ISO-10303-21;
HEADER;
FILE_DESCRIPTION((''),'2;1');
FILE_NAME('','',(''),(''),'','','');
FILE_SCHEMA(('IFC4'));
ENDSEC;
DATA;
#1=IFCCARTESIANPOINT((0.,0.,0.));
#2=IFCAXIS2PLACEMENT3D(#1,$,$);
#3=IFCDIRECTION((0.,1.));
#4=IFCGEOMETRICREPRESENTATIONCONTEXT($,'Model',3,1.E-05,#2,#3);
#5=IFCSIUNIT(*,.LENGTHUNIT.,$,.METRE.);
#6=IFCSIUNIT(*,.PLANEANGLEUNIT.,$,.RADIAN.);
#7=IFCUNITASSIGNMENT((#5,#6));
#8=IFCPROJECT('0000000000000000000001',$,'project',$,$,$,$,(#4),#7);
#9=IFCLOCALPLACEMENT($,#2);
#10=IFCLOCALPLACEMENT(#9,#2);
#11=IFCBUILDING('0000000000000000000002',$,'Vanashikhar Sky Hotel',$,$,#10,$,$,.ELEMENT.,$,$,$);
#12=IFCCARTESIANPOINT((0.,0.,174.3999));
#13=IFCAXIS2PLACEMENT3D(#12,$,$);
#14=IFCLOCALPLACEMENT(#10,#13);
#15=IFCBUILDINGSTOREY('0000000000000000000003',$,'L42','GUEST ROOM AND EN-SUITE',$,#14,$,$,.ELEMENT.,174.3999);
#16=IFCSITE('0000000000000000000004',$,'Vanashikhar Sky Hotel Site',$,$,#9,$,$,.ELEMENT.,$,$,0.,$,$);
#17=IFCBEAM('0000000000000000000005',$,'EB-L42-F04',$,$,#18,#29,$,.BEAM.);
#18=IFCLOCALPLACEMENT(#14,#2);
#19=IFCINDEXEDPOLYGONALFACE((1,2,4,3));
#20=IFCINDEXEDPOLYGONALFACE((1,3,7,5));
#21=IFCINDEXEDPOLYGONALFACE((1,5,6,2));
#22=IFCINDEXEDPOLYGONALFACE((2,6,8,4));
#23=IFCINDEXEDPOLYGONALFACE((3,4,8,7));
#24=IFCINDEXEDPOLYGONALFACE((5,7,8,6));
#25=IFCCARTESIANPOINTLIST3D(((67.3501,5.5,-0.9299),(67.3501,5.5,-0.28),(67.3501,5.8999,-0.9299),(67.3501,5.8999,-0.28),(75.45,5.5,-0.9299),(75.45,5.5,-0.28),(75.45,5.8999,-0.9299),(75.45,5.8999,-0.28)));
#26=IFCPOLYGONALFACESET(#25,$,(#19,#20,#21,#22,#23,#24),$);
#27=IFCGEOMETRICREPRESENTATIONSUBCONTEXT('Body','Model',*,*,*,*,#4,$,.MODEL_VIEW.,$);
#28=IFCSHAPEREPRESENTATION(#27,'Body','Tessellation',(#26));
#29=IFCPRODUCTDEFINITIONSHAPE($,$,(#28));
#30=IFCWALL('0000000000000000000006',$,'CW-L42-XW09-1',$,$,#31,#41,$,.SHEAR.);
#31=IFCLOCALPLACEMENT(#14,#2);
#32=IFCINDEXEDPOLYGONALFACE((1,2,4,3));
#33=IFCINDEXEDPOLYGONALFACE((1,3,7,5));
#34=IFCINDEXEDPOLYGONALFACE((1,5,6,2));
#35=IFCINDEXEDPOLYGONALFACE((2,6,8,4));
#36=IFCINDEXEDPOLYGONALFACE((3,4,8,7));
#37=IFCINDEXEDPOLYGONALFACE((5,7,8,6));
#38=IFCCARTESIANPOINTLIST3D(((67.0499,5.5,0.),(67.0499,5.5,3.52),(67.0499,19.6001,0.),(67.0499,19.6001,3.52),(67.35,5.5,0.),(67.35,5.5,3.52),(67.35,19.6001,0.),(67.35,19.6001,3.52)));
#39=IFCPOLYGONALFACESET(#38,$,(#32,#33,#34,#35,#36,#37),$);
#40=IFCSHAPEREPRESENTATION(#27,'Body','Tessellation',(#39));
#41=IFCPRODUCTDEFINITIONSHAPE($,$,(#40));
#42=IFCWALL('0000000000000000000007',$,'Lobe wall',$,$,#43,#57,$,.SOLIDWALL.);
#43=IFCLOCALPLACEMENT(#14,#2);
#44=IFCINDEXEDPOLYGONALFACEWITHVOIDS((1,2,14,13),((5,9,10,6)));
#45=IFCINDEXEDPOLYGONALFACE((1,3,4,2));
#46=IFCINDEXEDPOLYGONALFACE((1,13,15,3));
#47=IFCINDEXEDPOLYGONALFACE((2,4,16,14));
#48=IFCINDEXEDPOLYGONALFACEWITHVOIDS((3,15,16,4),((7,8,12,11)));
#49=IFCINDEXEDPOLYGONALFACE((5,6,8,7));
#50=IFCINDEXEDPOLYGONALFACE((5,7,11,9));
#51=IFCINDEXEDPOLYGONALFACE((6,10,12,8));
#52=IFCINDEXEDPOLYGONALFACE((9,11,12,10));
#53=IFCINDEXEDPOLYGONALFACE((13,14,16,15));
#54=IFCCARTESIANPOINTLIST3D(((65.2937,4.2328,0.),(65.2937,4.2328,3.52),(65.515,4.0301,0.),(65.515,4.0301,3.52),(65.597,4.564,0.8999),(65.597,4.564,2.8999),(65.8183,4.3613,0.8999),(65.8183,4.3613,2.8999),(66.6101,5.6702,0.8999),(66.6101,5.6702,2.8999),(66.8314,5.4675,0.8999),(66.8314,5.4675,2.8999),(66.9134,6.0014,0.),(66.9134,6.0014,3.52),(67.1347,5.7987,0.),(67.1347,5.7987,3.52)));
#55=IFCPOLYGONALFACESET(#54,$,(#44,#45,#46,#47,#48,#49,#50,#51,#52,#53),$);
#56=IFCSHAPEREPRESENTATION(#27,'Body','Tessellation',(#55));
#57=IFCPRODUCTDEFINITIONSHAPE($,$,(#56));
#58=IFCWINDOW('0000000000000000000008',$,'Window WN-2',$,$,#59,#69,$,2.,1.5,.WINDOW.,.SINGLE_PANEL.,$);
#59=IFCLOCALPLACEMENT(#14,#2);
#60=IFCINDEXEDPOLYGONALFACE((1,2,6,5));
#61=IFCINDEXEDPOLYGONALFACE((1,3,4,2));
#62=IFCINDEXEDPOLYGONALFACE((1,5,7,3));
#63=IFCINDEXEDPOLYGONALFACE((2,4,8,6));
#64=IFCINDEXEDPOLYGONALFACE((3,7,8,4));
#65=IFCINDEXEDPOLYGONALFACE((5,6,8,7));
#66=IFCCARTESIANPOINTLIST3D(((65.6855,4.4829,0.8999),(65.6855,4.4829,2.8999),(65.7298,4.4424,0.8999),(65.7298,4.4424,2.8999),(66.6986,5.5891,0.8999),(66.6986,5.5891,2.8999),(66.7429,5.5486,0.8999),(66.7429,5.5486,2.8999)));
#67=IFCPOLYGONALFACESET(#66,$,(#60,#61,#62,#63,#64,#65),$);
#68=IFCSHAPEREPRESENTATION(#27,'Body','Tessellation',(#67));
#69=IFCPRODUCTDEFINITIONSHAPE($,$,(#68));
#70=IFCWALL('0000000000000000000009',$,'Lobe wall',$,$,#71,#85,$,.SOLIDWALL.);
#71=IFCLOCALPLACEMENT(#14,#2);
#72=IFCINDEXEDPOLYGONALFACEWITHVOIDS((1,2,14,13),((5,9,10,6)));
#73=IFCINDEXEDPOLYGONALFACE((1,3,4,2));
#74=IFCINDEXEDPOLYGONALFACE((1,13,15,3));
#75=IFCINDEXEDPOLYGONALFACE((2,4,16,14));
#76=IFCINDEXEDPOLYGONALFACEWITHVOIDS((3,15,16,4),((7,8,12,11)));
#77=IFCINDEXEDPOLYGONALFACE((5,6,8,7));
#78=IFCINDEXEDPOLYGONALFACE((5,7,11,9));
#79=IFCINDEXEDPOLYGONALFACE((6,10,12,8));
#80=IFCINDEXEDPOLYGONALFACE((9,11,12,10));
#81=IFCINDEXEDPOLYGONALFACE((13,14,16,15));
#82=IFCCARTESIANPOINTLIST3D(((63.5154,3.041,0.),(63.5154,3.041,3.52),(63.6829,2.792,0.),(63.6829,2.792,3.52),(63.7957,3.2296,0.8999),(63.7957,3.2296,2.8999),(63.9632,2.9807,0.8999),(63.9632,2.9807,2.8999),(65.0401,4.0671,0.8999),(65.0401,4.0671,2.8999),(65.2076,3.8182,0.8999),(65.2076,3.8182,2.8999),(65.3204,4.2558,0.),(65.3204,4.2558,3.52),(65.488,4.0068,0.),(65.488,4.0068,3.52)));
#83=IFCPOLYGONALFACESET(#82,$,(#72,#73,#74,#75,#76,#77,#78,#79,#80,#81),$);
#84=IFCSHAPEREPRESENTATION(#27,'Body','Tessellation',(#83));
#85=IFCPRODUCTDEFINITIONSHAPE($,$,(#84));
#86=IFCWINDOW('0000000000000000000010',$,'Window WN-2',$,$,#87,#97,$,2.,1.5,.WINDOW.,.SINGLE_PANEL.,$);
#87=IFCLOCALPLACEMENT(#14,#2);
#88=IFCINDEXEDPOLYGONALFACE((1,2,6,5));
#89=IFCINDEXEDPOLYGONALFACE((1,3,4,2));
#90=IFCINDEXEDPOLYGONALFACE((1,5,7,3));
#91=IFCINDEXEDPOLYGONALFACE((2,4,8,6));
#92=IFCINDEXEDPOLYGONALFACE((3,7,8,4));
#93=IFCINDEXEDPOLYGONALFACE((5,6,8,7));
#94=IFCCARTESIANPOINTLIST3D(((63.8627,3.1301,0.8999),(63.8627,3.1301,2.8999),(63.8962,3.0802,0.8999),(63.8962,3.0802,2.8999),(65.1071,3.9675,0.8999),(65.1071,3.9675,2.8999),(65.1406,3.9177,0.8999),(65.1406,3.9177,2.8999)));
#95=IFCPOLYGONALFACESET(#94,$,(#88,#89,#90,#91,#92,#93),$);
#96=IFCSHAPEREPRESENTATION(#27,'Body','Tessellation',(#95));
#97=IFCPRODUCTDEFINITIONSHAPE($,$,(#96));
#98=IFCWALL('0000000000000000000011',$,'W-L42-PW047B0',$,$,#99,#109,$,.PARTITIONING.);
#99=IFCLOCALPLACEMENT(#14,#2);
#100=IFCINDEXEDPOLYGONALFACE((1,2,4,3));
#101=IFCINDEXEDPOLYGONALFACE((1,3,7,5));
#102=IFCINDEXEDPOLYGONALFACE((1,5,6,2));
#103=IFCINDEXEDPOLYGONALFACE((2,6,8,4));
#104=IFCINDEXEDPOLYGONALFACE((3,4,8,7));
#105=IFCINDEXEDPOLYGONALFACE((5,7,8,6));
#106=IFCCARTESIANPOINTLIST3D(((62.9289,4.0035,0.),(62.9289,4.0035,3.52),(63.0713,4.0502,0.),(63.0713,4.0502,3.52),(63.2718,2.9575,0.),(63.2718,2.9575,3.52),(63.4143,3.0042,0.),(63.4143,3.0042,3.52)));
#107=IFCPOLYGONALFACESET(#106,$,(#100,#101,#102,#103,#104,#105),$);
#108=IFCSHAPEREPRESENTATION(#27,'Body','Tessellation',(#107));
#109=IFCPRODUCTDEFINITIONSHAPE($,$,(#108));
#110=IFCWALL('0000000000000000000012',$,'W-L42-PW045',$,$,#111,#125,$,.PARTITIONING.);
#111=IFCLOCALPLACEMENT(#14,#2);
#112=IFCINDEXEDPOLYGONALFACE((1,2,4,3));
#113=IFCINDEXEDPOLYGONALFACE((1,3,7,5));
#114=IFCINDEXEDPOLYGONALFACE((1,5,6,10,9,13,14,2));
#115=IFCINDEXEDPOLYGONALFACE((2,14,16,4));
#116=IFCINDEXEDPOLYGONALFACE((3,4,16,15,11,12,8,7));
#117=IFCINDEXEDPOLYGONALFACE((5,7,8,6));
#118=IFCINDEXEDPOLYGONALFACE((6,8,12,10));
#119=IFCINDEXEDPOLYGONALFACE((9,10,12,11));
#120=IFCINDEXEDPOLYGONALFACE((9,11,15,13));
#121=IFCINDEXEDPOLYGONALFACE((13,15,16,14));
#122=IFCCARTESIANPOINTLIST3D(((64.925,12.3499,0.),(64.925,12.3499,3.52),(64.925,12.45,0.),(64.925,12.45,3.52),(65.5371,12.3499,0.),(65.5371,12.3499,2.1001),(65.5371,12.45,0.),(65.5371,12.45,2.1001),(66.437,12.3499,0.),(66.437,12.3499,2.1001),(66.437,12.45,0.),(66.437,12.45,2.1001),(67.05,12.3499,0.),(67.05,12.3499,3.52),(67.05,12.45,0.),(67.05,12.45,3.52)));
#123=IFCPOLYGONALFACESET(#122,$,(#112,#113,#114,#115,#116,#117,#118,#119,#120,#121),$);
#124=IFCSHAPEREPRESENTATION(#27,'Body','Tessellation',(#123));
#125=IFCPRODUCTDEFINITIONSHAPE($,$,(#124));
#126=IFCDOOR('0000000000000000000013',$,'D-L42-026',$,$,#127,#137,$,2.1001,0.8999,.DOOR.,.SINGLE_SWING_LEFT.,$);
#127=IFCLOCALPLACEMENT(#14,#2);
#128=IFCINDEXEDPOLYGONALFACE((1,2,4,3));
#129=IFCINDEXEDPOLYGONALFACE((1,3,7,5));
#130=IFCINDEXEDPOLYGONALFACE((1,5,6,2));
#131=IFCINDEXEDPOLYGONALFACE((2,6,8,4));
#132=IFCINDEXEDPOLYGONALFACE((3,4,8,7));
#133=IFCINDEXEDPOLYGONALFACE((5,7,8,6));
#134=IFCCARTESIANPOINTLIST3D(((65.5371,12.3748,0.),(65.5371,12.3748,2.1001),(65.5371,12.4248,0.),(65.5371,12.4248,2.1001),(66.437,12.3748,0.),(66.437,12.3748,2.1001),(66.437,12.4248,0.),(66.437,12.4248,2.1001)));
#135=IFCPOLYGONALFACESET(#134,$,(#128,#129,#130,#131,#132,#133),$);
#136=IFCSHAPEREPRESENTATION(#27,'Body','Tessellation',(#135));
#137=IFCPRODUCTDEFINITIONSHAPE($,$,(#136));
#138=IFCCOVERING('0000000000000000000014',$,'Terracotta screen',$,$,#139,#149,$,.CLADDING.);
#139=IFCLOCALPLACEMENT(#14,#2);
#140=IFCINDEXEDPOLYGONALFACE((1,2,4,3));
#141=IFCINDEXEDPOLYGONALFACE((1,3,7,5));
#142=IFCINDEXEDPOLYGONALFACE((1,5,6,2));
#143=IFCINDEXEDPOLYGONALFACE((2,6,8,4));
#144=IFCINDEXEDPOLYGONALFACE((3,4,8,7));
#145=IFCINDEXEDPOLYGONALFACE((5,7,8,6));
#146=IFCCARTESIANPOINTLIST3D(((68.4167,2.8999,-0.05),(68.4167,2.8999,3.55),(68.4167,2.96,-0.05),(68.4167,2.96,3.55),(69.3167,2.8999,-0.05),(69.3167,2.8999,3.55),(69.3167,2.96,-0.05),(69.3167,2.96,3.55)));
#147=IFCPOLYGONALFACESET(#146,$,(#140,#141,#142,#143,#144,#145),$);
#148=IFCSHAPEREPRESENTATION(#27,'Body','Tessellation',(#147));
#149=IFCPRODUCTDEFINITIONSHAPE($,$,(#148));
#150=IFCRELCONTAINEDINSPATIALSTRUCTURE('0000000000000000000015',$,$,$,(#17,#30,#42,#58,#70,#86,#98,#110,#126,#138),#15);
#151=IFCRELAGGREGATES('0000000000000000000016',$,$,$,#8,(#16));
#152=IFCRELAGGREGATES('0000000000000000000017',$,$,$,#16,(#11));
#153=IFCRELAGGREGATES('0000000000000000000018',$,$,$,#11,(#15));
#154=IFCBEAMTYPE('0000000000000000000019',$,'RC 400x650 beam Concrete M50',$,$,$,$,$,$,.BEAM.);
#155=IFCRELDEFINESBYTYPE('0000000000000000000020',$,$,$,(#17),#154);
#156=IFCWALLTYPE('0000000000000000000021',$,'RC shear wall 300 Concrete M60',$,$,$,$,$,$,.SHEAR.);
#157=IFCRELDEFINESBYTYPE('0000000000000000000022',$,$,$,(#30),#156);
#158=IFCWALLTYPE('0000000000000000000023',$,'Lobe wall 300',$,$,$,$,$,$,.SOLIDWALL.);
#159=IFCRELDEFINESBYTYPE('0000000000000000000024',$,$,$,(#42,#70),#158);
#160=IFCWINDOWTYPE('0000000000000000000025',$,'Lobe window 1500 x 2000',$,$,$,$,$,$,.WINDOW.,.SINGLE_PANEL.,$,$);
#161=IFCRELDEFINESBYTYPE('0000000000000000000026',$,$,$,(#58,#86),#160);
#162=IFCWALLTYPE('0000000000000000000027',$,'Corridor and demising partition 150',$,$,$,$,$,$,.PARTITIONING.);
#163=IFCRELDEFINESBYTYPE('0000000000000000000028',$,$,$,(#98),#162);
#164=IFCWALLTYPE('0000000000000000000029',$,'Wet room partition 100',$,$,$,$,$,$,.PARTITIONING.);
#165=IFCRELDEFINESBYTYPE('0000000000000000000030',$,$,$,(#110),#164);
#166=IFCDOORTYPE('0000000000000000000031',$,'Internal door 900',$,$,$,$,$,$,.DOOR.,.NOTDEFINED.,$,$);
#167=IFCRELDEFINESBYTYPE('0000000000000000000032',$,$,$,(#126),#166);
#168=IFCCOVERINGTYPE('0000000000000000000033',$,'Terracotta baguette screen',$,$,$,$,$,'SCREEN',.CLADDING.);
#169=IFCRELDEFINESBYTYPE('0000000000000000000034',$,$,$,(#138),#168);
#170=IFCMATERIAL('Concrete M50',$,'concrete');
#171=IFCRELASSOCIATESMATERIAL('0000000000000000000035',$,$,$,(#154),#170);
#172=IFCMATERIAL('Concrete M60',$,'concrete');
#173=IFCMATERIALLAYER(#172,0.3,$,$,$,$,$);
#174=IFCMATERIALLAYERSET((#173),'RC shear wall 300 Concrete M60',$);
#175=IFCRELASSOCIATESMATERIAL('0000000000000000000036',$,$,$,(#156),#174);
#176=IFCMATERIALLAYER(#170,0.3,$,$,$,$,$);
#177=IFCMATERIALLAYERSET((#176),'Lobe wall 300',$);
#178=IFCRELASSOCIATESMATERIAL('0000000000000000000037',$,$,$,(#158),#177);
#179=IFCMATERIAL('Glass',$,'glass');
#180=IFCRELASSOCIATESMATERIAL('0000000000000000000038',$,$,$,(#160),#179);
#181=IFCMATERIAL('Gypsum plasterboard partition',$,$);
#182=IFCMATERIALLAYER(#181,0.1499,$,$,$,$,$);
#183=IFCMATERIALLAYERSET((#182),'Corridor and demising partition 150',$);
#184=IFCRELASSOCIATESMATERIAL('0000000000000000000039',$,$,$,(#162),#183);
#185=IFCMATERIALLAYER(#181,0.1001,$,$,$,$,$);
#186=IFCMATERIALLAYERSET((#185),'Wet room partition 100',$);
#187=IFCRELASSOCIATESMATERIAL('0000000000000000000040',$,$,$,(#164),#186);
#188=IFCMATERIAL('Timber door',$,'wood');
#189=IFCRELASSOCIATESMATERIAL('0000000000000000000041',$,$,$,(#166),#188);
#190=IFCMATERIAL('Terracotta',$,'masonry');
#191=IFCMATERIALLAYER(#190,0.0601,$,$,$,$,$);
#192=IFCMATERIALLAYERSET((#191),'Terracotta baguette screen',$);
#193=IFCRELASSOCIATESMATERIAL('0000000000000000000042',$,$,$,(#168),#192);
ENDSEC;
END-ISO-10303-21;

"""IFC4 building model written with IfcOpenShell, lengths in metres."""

from ifc_helpers import new_model, si_unit, direction, frame, frame_2d, origin, origin_2d, place, context, subcontext, project, spatial, rectangle, extrude, source, transform, mapped, material, layer, layer_set, material_profile, profile_set, type_object, element, fill, save


model = new_model("IFC4")

# Units and contexts
model_context = context("Model", 3, precision=1e-05, world=origin(), true_north=direction((0.0, 1.0)))
body_context = subcontext(model_context, "Body", "Model", "MODEL_VIEW")
ifc_project = project(units=[si_unit("LENGTHUNIT", "METRE"), si_unit("PLANEANGLEUNIT", "RADIAN")], contexts=[model_context])

# Site, building, storey
site_placement = place(None, origin())
site = spatial("IfcSite", under=ifc_project, at=site_placement, Name="Vanashikhar Sky Hotel Site", CompositionType="ELEMENT", RefElevation=0.0)
building_placement = place(site_placement, origin())
building = spatial("IfcBuilding", under=site, at=building_placement, Name="Vanashikhar Sky Hotel", CompositionType="ELEMENT")
storey_placement = place(building_placement, frame((0.0, 0.0, 174.3999)))
storey = spatial("IfcBuildingStorey", under=building, at=storey_placement, Name="L42", Description="GUEST ROOM AND EN-SUITE", CompositionType="ELEMENT", Elevation=174.3999)

# Beam
ifc_material_1 = material(Name="Concrete M50", Category="concrete")
ifc_material_profile_1 = material_profile(ifc_material_1, rectangle(XDim=0.3999, YDim=0.6499, at=origin_2d()))
ifc_profile_set_1 = profile_set([ifc_material_profile_1], Name="RC 400x650 beam Concrete M50")
beam_type = type_object("IfcBeamType", Name="RC 400x650 beam Concrete M50", PredefinedType="BEAM", material=ifc_profile_set_1)
shared_shape_1 = source(origin(), body_context, "Body", "SweptSolid", [
    extrude(rectangle(XDim=0.3999, YDim=0.6499, at=origin_2d()), origin(), (0.0, 0.0, 1.0), 8.0999),
])
beam_placement = place(storey_placement, frame((67.3501, 5.7, -0.605), z_axis=(1.0, 0.0, 0.0), x_axis=(0.0, 1.0, 0.0)))
element("IfcBeam", 1, at=beam_placement, inside=storey, type_object=beam_type, Name="EB-L42-F04", PredefinedType="BEAM", context=body_context, shape_type="MappedRepresentation", body=[
    mapped(shared_shape_1, transform((0.0, 0.0, 0.0), scale=1.0)),
])

# Wall
ifc_material_2 = material(Name="Concrete M60", Category="concrete")
ifc_layer_1 = layer(ifc_material_2, 0.3)
ifc_layer_set_1 = layer_set([ifc_layer_1], Name="RC shear wall 300 Concrete M60")
wall_type_1 = type_object("IfcWallType", Name="RC shear wall 300 Concrete M60", PredefinedType="SHEAR", material=ifc_layer_set_1)
shared_shape_2 = source(origin(), body_context, "Body", "SweptSolid", [
    extrude(rectangle(XDim=14.1001, YDim=0.3, at=frame_2d((7.05, 0.0))), origin(), (0.0, 0.0, 1.0), 3.52),
])
wall_1_placement = place(storey_placement, frame((67.2, 5.5, 0.0), z_axis=(0.0, 0.0, 1.0), x_axis=(0.0, 1.0, 0.0)))
element("IfcWall", 2, at=wall_1_placement, inside=storey, type_object=wall_type_1, Name="CW-L42-XW09-1", PredefinedType="SHEAR", context=body_context, shape_type="MappedRepresentation", body=[
    mapped(shared_shape_2, transform((0.0, 0.0, 0.0), scale=1.0)),
])

# Walls, openings, windows
ifc_layer_2 = layer(ifc_material_1, 0.3)
ifc_layer_set_2 = layer_set([ifc_layer_2], Name="Lobe wall 300")
wall_type_2 = type_object("IfcWallType", Name="Lobe wall 300", PredefinedType="SOLIDWALL", material=ifc_layer_set_2)
shared_shape_3 = source(origin(), body_context, "Body", "SweptSolid", [
    extrude(rectangle(XDim=2.3982, YDim=0.3, at=frame_2d((1.1992, 0.0))), origin(), (0.0, 0.0, 1.0), 3.52),
])
wall_2_placement = place(storey_placement, frame((65.4043, 4.1313, 0.0), z_axis=(0.0, 0.0, 1.0), x_axis=(0.675374, 0.737475, 0.0)))
wall_2 = element("IfcWall", 3, at=wall_2_placement, inside=storey, type_object=wall_type_2, Name="Lobe wall", PredefinedType="SOLIDWALL", context=body_context, shape_type="MappedRepresentation", body=[
    mapped(shared_shape_3, transform((0.0, 0.0, 0.0), scale=1.0)),
])
shared_shape_4 = source(origin(), body_context, "Body", "SweptSolid", [
    extrude(rectangle(XDim=1.5, YDim=2.0, at=frame_2d((0.75, 1.0))), frame((0.0, 0.1602, 0.0), z_axis=(0.0, -1.0, 0.0), x_axis=(1.0, 0.0, 0.0)), (0.0, 0.0, 1.0), 0.3201),
])
opening_1_placement = place(wall_2_placement, frame((0.4492, 0.0, 0.8999)))
opening_1 = element("IfcOpeningElement", 4, at=opening_1_placement, cuts=wall_2, PredefinedType="OPENING", context=body_context, shape_type="MappedRepresentation", body=[
    mapped(shared_shape_4, transform((0.0, 0.0, 0.0), scale=1.0)),
])
ifc_material_3 = material(Name="Glass", Category="glass")
window_type_1 = type_object("IfcWindowType", Name="Lobe window 1500 x 2000", PartitioningType="SINGLE_PANEL", PredefinedType="WINDOW", material=ifc_material_3)
shared_shape_5 = source(origin(), body_context, "Body", "SweptSolid", [
    extrude(rectangle(XDim=1.5, YDim=2.0, at=frame_2d((0.75, 1.0))), frame((0.0, 0.03, 0.0), z_axis=(0.0, -1.0, 0.0), x_axis=(1.0, 0.0, 0.0)), (0.0, 0.0, 1.0), 0.0601),
])
window_1_placement = place(opening_1_placement, origin())
window_1 = element("IfcWindow", 5, at=window_1_placement, inside=storey, type_object=window_type_1, Name="Window WN-2", OverallHeight=2.0, OverallWidth=1.5, PartitioningType="SINGLE_PANEL", PredefinedType="WINDOW", context=body_context, shape_type="MappedRepresentation", body=[
    mapped(shared_shape_5, transform((0.0, 0.0, 0.0), scale=1.0)),
])
fill(opening_1, window_1)
shared_shape_6 = source(origin(), body_context, "Body", "SweptSolid", [
    extrude(rectangle(XDim=2.1758, YDim=0.3, at=frame_2d((1.0879, 0.0))), origin(), (0.0, 0.0, 1.0), 3.52),
])
wall_3_placement = place(storey_placement, frame((63.5991, 2.9165, 0.0), z_axis=(0.0, 0.0, 1.0), x_axis=(0.829626, 0.55832, 0.0)))
wall_3 = element("IfcWall", 6, at=wall_3_placement, inside=storey, type_object=wall_type_2, Name="Lobe wall", PredefinedType="SOLIDWALL", context=body_context, shape_type="MappedRepresentation", body=[
    mapped(shared_shape_6, transform((0.0, 0.0, 0.0), scale=1.0)),
])
opening_2_placement = place(wall_3_placement, frame((0.3379, 0.0, 0.8999)))
opening_2 = element("IfcOpeningElement", 7, at=opening_2_placement, cuts=wall_3, PredefinedType="OPENING", context=body_context, shape_type="MappedRepresentation", body=[
    mapped(shared_shape_4, transform((0.0, 0.0, 0.0), scale=1.0)),
])
window_2_placement = place(opening_2_placement, origin())
window_2 = element("IfcWindow", 8, at=window_2_placement, inside=storey, type_object=window_type_1, Name="Window WN-2", OverallHeight=2.0, OverallWidth=1.5, PartitioningType="SINGLE_PANEL", PredefinedType="WINDOW", context=body_context, shape_type="MappedRepresentation", body=[
    mapped(shared_shape_5, transform((0.0, 0.0, 0.0), scale=1.0)),
])
fill(opening_2, window_2)

# Wall
ifc_material_4 = material(Name="Gypsum plasterboard partition")
ifc_layer_3 = layer(ifc_material_4, 0.1499)
ifc_layer_set_3 = layer_set([ifc_layer_3], Name="Corridor and demising partition 150")
wall_type_3 = type_object("IfcWallType", Name="Corridor and demising partition 150", PredefinedType="PARTITIONING", material=ifc_layer_set_3)
shared_shape_7 = source(origin(), body_context, "Body", "SweptSolid", [
    extrude(rectangle(XDim=1.1008, YDim=0.1499, at=frame_2d((0.5503, 0.0))), origin(), (0.0, 0.0, 1.0), 3.52),
])
wall_4_placement = place(storey_placement, frame((63.343, 2.981, 0.0), z_axis=(0.0, 0.0, 1.0), x_axis=(-0.311567, 0.950224, 0.0)))
element("IfcWall", 9, at=wall_4_placement, inside=storey, type_object=wall_type_3, Name="W-L42-PW047B0", PredefinedType="PARTITIONING", context=body_context, shape_type="MappedRepresentation", body=[
    mapped(shared_shape_7, transform((0.0, 0.0, 0.0), scale=1.0)),
])

# Wall, opening, door
ifc_layer_4 = layer(ifc_material_4, 0.1001)
ifc_layer_set_4 = layer_set([ifc_layer_4], Name="Wet room partition 100")
wall_type_4 = type_object("IfcWallType", Name="Wet room partition 100", PredefinedType="PARTITIONING", material=ifc_layer_set_4)
shared_shape_8 = source(origin(), body_context, "Body", "SweptSolid", [
    extrude(rectangle(XDim=2.125, YDim=0.1001, at=frame_2d((1.0625, 0.0))), origin(), (0.0, 0.0, 1.0), 3.52),
])
wall_5_placement = place(storey_placement, frame((64.925, 12.3999, 0.0), z_axis=(0.0, 0.0, 1.0), x_axis=(1.0, 0.0, 0.0)))
wall_5 = element("IfcWall", 10, at=wall_5_placement, inside=storey, type_object=wall_type_4, Name="W-L42-PW045", PredefinedType="PARTITIONING", context=body_context, shape_type="MappedRepresentation", body=[
    mapped(shared_shape_8, transform((0.0, 0.0, 0.0), scale=1.0)),
])
shared_shape_9 = source(origin(), body_context, "Body", "SweptSolid", [
    extrude(rectangle(XDim=0.8999, YDim=2.1001, at=frame_2d((0.45, 1.05))), frame((0.0, 0.0601, 0.0), z_axis=(0.0, -1.0, 0.0), x_axis=(1.0, 0.0, 0.0)), (0.0, 0.0, 1.0), 0.1201),
])
opening_3_placement = place(wall_5_placement, frame((0.6121, 0.0, 0.0)))
opening_3 = element("IfcOpeningElement", 11, at=opening_3_placement, cuts=wall_5, PredefinedType="OPENING", context=body_context, shape_type="MappedRepresentation", body=[
    mapped(shared_shape_9, transform((0.0, 0.0, 0.0), scale=1.0)),
])
ifc_material_5 = material(Name="Timber door", Category="wood")
door_type_1 = type_object("IfcDoorType", Name="Internal door 900", OperationType="NOTDEFINED", PredefinedType="DOOR", material=ifc_material_5)
shared_shape_10 = source(origin(), body_context, "Body", "SweptSolid", [
    extrude(rectangle(XDim=0.8999, YDim=2.1001, at=frame_2d((0.45, 1.05))), frame((0.0, 0.0249, 0.0), z_axis=(0.0, -1.0, 0.0), x_axis=(1.0, 0.0, 0.0)), (0.0, 0.0, 1.0), 0.05),
])
door_1_placement = place(opening_3_placement, origin())
door_1 = element("IfcDoor", 12, at=door_1_placement, inside=storey, type_object=door_type_1, Name="D-L42-026", OperationType="SINGLE_SWING_LEFT", OverallHeight=2.1001, OverallWidth=0.8999, PredefinedType="DOOR", context=body_context, shape_type="MappedRepresentation", body=[
    mapped(shared_shape_10, transform((0.0, 0.0, 0.0), scale=1.0)),
])
fill(opening_3, door_1)

# Covering
ifc_material_6 = material(Name="Terracotta", Category="masonry")
ifc_layer_5 = layer(ifc_material_6, 0.0601)
ifc_layer_set_5 = layer_set([ifc_layer_5], Name="Terracotta baguette screen")
covering_type_1 = type_object("IfcCoveringType", Name="Terracotta baguette screen", ElementType="SCREEN", PredefinedType="CLADDING", material=ifc_layer_set_5)
shared_shape_11 = source(origin(), body_context, "Body", "SweptSolid", [
    extrude(rectangle(XDim=0.8999, YDim=0.0601, at=origin_2d()), origin(), (0.0, 0.0, 1.0), 3.6001),
])
covering_placement = place(storey_placement, frame((68.8667, 2.9299, -0.05), z_axis=(0.0, 0.0, 1.0), x_axis=(1.0, 0.0, 0.0)))
element("IfcCovering", 13, at=covering_placement, inside=storey, type_object=covering_type_1, Name="Terracotta screen", PredefinedType="CLADDING", context=body_context, shape_type="MappedRepresentation", body=[
    mapped(shared_shape_11, transform((0.0, 0.0, 0.0), scale=1.0)),
])

save(model, "model.ifc")
